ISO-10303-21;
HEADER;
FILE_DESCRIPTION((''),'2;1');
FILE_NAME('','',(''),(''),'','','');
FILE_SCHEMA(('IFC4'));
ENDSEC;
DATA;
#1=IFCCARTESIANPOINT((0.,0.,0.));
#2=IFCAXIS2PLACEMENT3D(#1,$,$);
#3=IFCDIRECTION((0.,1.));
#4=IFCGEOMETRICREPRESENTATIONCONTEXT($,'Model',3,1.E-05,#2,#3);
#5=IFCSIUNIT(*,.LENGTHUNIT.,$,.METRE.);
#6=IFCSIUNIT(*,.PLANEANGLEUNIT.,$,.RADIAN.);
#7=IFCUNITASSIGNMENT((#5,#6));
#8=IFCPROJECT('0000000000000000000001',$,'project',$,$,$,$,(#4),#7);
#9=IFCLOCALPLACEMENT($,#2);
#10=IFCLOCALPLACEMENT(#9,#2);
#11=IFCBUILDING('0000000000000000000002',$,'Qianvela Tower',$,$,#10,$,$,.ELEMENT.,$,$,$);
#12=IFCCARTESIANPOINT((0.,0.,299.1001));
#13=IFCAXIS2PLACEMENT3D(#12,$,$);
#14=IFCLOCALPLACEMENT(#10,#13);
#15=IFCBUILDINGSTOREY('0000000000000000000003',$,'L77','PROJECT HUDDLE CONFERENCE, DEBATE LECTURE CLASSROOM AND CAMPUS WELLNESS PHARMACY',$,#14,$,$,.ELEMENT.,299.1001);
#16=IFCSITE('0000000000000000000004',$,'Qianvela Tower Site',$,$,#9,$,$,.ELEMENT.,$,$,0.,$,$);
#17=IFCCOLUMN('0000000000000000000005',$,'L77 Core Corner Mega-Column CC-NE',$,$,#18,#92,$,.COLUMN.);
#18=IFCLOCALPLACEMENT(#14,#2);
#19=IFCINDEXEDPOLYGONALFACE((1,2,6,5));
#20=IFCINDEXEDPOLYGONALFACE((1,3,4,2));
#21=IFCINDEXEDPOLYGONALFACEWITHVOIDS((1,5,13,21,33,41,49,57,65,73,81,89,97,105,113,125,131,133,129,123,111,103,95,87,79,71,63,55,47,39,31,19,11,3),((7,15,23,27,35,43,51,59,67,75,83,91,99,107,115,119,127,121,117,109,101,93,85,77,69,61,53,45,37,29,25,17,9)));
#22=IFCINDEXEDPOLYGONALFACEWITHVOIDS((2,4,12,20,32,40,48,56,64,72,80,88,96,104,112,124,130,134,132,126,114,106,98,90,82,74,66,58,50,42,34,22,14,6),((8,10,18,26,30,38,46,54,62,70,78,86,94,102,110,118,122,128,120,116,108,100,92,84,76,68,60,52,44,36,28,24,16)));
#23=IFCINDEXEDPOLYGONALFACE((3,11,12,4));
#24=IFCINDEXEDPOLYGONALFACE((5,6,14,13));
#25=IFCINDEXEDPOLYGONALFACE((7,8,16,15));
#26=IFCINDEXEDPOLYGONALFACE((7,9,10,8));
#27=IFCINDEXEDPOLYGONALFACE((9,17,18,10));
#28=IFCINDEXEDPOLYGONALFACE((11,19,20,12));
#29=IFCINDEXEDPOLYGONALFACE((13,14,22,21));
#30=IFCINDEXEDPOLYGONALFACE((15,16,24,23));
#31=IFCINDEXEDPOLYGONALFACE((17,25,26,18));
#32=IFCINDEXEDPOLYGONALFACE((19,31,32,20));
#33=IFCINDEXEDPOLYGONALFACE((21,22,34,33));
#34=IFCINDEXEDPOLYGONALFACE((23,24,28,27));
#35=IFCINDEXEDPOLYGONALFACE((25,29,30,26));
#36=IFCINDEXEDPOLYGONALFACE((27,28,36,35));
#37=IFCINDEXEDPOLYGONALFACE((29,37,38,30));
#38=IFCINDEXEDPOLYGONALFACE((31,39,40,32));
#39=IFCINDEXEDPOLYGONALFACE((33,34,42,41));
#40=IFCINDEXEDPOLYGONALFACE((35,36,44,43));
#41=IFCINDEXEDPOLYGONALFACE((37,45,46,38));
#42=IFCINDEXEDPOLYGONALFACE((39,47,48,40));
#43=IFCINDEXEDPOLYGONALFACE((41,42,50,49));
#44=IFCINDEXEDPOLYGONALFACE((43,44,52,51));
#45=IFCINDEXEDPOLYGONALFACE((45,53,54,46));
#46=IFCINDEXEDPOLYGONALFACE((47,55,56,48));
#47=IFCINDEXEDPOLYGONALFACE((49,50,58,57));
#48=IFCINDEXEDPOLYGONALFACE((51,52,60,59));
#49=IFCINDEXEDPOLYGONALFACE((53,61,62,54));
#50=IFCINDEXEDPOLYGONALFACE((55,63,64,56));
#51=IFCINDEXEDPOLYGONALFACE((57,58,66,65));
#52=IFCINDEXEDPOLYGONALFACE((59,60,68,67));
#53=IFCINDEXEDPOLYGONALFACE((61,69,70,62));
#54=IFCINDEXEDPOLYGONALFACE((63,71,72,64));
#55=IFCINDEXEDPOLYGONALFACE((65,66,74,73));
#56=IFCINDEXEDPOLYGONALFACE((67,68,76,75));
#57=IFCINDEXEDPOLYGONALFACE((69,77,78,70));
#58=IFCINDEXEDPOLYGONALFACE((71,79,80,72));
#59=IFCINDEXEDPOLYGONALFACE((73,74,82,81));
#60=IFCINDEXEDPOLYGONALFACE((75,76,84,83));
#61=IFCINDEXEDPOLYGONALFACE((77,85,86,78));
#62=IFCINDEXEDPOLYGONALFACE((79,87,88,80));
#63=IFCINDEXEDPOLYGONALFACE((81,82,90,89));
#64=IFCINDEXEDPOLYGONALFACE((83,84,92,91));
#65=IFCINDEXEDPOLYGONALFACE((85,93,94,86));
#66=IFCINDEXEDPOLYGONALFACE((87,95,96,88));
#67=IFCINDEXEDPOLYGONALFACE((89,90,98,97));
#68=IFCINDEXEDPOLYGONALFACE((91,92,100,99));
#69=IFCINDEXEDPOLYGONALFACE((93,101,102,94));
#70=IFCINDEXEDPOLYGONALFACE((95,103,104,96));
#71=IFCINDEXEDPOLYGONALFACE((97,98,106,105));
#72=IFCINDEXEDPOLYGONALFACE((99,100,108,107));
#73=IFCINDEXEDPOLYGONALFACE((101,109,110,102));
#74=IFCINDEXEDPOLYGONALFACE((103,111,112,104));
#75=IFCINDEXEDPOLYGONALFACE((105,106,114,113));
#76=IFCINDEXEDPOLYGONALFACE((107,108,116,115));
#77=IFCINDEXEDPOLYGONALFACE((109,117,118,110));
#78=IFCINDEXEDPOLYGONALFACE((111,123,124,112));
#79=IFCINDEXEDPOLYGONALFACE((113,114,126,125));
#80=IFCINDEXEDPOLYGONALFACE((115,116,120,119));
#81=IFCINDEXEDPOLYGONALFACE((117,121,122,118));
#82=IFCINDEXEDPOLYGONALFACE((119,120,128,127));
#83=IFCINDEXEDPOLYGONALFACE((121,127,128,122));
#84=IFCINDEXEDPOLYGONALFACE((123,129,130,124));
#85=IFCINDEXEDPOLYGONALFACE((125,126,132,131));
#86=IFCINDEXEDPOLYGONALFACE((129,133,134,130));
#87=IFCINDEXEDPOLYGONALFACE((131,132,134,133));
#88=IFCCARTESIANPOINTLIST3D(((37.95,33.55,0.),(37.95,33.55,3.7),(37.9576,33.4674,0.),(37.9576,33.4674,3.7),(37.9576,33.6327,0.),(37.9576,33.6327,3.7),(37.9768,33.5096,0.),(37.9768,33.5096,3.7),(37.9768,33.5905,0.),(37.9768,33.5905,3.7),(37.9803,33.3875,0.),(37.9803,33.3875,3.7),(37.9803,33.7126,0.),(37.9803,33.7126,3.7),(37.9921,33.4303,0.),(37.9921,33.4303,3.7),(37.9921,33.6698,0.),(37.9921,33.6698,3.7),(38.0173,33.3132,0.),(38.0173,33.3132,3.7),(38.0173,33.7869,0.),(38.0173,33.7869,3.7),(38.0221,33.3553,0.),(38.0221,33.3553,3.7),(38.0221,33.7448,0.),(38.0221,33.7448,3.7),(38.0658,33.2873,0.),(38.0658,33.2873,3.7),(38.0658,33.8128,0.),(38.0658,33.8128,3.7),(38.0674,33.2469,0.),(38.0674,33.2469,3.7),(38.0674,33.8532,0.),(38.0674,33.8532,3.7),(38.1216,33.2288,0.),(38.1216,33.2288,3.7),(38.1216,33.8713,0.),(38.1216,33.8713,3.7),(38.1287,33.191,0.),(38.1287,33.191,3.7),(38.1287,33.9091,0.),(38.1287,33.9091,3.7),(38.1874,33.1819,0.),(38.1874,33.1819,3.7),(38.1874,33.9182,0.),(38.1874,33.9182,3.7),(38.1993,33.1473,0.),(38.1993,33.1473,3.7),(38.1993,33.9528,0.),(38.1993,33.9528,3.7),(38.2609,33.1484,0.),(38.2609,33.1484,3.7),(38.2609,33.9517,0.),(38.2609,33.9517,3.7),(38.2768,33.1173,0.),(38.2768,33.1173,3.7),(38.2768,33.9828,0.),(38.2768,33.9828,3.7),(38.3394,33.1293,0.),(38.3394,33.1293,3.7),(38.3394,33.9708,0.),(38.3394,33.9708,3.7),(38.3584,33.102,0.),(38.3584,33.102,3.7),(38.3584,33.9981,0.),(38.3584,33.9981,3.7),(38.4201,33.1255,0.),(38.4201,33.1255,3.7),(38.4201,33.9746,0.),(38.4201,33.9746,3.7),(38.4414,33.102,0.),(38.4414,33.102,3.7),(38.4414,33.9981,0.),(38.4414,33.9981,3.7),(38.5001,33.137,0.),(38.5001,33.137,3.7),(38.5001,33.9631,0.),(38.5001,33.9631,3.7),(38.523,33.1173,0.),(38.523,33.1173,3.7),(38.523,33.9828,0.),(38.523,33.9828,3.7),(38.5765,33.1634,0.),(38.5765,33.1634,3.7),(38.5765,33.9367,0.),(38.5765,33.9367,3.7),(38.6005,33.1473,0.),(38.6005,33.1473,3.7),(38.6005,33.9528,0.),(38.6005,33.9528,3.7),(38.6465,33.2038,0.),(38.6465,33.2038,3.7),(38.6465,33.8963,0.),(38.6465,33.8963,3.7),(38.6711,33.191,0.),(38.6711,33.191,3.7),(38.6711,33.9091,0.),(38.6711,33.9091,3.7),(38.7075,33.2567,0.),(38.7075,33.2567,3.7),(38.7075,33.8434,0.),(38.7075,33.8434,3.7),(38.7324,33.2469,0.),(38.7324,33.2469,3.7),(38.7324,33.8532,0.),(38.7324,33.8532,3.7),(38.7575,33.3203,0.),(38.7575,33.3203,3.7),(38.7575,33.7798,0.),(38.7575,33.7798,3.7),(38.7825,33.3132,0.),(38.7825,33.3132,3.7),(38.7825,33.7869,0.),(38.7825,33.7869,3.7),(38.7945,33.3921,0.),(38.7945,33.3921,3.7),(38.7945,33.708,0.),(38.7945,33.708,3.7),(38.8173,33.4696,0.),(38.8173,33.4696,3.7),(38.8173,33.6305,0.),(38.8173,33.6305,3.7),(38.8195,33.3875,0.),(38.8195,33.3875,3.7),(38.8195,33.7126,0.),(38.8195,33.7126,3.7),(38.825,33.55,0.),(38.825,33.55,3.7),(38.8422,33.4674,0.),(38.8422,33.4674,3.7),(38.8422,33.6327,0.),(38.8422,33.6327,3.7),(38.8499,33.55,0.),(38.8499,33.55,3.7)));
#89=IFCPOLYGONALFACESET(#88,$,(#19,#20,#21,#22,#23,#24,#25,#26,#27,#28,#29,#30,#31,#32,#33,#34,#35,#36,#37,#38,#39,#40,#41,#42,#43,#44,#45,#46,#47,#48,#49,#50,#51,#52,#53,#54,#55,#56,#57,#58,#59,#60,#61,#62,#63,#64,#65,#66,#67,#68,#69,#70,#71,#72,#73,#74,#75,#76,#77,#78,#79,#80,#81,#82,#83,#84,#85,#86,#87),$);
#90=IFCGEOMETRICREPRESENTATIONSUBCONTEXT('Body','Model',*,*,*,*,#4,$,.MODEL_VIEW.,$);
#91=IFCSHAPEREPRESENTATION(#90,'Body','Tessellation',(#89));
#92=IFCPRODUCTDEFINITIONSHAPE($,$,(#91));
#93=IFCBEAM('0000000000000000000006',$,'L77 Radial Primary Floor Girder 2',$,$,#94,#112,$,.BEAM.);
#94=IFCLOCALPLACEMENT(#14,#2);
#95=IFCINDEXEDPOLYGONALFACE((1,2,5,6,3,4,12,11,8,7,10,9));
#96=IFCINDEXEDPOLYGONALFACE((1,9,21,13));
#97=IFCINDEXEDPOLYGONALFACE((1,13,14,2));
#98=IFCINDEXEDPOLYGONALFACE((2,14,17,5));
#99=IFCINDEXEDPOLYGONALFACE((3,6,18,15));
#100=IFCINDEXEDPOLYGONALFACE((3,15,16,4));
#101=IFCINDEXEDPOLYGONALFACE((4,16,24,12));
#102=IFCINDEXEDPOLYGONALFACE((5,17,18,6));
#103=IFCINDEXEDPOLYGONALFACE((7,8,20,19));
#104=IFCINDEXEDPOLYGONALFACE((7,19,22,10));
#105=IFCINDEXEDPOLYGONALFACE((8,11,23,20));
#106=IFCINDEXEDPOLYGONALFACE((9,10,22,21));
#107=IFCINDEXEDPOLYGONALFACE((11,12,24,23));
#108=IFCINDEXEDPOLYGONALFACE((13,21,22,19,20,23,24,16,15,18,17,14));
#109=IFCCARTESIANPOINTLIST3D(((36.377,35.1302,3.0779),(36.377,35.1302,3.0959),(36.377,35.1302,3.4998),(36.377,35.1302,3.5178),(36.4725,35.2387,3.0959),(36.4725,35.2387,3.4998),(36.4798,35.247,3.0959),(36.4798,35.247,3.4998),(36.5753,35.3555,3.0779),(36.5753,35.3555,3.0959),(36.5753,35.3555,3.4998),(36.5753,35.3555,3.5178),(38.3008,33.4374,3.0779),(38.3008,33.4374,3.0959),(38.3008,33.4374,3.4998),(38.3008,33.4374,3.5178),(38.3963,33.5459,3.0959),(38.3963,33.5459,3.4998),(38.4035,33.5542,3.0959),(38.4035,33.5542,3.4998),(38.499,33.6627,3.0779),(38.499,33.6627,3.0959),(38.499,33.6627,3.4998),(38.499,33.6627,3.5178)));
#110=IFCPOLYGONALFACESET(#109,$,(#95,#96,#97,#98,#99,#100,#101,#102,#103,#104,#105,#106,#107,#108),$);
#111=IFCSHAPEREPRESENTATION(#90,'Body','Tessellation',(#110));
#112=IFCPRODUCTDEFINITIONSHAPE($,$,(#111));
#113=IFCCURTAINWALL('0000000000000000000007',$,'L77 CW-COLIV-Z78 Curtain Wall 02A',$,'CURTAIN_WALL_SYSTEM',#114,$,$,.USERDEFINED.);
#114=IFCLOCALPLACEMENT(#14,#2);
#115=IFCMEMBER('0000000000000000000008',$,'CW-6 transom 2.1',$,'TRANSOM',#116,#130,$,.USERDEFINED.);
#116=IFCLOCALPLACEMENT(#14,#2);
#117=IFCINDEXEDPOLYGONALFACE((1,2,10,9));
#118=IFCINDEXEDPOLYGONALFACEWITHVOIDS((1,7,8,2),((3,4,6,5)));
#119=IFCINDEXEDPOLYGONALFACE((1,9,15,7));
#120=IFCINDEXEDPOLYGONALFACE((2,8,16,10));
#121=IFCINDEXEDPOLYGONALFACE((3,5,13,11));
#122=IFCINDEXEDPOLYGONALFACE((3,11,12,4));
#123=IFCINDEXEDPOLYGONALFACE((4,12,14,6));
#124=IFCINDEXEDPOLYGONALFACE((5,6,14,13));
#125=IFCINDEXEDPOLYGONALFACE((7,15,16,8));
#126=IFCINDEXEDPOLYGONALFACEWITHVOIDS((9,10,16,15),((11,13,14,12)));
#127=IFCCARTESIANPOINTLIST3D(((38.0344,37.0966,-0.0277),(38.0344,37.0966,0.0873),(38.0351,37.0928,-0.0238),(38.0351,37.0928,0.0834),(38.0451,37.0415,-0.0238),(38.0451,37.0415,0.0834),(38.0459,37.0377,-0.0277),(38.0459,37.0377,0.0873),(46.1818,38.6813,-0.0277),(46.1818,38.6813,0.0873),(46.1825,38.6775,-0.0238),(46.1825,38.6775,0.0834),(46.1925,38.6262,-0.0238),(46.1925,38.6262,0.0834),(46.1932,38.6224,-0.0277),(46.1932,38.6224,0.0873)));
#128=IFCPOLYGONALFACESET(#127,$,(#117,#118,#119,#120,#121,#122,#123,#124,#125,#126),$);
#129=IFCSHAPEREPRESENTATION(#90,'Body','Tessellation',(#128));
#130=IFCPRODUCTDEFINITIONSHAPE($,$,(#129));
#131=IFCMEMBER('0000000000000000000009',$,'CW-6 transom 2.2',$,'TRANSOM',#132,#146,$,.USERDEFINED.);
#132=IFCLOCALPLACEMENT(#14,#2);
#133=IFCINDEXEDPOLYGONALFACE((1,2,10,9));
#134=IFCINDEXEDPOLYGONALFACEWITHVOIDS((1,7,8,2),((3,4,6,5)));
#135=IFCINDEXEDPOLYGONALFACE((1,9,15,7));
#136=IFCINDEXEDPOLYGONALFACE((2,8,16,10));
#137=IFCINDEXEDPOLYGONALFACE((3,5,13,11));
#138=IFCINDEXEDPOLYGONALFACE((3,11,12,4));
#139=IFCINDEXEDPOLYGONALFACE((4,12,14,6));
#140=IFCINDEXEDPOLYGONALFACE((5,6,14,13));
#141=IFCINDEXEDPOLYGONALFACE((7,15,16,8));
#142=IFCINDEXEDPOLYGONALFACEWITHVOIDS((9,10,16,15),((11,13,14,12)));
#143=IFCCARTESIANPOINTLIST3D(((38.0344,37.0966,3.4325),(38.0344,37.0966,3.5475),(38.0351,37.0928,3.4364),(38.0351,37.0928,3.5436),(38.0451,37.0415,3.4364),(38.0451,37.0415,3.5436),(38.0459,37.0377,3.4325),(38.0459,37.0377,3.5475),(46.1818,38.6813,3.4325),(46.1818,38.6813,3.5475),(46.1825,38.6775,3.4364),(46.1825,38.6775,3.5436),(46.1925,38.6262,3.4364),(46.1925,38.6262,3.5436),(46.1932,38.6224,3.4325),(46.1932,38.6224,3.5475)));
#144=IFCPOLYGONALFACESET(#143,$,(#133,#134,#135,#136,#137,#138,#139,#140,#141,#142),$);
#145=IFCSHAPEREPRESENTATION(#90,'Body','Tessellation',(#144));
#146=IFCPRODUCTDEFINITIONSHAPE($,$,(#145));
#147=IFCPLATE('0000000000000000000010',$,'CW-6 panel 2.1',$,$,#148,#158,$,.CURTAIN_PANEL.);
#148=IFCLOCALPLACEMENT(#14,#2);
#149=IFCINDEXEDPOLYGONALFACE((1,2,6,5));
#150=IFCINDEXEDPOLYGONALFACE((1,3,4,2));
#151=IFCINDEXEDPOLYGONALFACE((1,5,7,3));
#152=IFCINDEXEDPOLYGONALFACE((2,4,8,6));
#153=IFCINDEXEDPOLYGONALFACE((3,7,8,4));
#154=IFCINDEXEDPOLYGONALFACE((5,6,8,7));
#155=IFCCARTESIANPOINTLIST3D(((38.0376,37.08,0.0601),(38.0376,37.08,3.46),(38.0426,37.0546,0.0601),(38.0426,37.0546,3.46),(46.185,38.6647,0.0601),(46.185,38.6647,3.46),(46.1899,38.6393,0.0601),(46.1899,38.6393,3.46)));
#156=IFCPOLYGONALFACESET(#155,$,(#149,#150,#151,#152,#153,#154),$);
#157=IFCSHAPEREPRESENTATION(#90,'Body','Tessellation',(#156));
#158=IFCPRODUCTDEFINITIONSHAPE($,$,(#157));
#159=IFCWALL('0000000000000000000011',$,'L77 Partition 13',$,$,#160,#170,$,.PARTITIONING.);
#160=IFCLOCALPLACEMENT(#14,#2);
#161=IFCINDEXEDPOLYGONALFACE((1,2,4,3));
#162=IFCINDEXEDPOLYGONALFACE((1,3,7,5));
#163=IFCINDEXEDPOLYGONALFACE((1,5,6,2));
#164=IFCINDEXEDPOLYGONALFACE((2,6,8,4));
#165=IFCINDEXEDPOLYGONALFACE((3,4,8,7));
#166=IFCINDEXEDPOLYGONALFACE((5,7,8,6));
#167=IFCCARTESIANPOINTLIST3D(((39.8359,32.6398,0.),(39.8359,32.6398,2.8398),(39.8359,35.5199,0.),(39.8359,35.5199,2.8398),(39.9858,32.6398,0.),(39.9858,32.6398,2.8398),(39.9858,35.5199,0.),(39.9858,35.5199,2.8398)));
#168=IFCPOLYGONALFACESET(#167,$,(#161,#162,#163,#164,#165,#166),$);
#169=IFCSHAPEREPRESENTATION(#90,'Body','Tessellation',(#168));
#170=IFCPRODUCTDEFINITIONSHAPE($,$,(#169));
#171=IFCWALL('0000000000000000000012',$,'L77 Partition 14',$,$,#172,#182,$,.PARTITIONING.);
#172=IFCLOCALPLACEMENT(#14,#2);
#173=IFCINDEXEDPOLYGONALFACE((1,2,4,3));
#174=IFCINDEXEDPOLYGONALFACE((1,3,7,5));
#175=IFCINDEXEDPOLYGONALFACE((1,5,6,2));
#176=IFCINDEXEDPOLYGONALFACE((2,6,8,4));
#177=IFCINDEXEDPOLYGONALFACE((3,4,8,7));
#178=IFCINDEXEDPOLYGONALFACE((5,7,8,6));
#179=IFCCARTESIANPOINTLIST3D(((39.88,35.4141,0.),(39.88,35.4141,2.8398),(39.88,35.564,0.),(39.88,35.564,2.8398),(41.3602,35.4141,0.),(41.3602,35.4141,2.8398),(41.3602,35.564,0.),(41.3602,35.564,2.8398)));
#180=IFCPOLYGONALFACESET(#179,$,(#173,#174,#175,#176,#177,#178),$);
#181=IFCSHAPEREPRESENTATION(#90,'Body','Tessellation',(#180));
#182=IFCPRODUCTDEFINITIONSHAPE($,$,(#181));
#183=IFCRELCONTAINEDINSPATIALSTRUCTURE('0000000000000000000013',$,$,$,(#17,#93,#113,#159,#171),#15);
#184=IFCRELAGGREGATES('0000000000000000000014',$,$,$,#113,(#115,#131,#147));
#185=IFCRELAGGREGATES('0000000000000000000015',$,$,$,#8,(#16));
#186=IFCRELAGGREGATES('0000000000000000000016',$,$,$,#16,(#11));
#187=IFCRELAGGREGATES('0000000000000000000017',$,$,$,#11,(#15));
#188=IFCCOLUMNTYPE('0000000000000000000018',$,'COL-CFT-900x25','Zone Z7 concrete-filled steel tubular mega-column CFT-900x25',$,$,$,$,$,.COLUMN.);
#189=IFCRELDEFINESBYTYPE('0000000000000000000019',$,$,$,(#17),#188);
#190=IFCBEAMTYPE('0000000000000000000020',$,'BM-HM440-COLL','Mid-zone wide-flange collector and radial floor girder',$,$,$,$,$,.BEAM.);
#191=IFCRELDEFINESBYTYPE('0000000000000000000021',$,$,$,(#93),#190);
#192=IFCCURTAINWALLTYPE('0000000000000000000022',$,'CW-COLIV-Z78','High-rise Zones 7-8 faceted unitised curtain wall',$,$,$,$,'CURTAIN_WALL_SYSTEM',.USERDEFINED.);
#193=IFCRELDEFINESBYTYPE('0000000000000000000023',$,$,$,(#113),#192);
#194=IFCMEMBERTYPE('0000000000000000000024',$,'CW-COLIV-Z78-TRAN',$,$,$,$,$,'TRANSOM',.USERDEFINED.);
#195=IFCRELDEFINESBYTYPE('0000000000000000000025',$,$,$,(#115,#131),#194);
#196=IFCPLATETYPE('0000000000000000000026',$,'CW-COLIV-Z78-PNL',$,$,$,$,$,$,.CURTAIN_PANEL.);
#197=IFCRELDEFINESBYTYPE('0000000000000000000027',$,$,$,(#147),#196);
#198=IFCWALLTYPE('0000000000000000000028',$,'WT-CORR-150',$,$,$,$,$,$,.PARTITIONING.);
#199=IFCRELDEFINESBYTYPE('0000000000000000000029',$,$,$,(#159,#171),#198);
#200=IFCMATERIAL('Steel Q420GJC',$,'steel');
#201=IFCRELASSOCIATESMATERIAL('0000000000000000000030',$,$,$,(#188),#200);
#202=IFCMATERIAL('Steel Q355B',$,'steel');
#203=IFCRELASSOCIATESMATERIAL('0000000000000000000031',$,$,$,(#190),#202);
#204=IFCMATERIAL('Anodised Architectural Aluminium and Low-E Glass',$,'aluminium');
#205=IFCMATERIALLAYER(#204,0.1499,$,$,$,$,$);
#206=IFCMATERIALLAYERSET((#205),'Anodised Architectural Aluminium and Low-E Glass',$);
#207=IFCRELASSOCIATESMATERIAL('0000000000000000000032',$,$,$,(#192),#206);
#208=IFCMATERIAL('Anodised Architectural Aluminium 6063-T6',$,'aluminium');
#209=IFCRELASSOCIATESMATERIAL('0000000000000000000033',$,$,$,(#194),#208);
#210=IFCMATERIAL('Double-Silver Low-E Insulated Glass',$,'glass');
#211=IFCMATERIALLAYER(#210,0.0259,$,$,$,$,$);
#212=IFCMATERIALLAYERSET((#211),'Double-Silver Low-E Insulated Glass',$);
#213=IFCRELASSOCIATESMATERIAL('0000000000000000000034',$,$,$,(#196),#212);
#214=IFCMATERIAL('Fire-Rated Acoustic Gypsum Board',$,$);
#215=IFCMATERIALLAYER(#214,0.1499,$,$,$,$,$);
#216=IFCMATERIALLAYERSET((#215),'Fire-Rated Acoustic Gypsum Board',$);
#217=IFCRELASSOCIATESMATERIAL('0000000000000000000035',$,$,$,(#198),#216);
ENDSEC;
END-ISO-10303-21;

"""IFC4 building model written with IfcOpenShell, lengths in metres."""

from ifc_helpers import new_model, si_unit, direction, frame, frame_2d, origin, origin_2d, place, context, subcontext, project, spatial, rectangle, hollow_rectangle, hollow_circle, i_section, extrude, material, layer, layer_set, material_profile, profile_set, type_object, element, aggregate, save


model = new_model("IFC4")

# Units and contexts
model_context = context("Model", 3, precision=1e-05, world=origin(), true_north=direction((0.0, 1.0)))
body_context = subcontext(model_context, "Body", "Model", "MODEL_VIEW")
ifc_project = project(units=[si_unit("LENGTHUNIT", "METRE"), si_unit("PLANEANGLEUNIT", "RADIAN")], contexts=[model_context])

# Site, building, storey
site_placement = place(None, origin())
site = spatial("IfcSite", under=ifc_project, at=site_placement, Name="Qianvela Tower Site", CompositionType="ELEMENT", RefElevation=0.0)
building_placement = place(site_placement, origin())
building = spatial("IfcBuilding", under=site, at=building_placement, Name="Qianvela Tower", CompositionType="ELEMENT")
storey_placement = place(building_placement, frame((0.0, 0.0, 299.1001)))
storey = spatial("IfcBuildingStorey", under=building, at=storey_placement, Name="L77", Description="PROJECT HUDDLE CONFERENCE, DEBATE LECTURE CLASSROOM AND CAMPUS WELLNESS PHARMACY", CompositionType="ELEMENT", Elevation=299.1001)

# Column
ifc_material_1 = material(Name="Steel Q420GJC", Category="steel")
ifc_material_profile_1 = material_profile(ifc_material_1, hollow_circle(Radius=0.45, WallThickness=0.0249, at=origin_2d()), Name="CFT-900x25")
ifc_profile_set_1 = profile_set([ifc_material_profile_1], Name="Steel Q420GJC")
column_type = type_object("IfcColumnType", Name="COL-CFT-900x25", Description="Zone Z7 concrete-filled steel tubular mega-column CFT-900x25", PredefinedType="COLUMN", material=ifc_profile_set_1)
column_placement = place(storey_placement, frame((38.3999, 33.55, 0.0), z_axis=(0.0, 0.0, 1.0), x_axis=(1.0, 0.0, 0.0)))
element("IfcColumn", 1, at=column_placement, inside=storey, type_object=column_type, Name="L77 Core Corner Mega-Column CC-NE", PredefinedType="COLUMN", context=body_context, shape_type="SweptSolid", body=[
    extrude(hollow_circle(Radius=0.45, WallThickness=0.0249, at=origin_2d()), origin(), (0.0, 0.0, 1.0), 3.7),
])

# Beam
ifc_material_2 = material(Name="Steel Q355B", Category="steel")
ifc_material_profile_2 = material_profile(ifc_material_2, i_section(OverallWidth=0.3, OverallDepth=0.4399, WebThickness=0.011, FlangeThickness=0.0181, at=origin_2d()), Name="HM440x300x11x18")
ifc_profile_set_2 = profile_set([ifc_material_profile_2], Name="Steel Q355B")
beam_type = type_object("IfcBeamType", Name="BM-HM440-COLL", Description="Mid-zone wide-flange collector and radial floor girder", PredefinedType="BEAM", material=ifc_profile_set_2)
beam_placement = place(storey_placement, frame((38.3999, 33.55, 3.2979), z_axis=(-0.750732, 0.660606, 0.0), x_axis=(-0.660606, -0.750732, 0.0)))
element("IfcBeam", 2, at=beam_placement, inside=storey, type_object=beam_type, Name="L77 Radial Primary Floor Girder 2", PredefinedType="BEAM", context=body_context, shape_type="SweptSolid", body=[
    extrude(i_section(OverallWidth=0.3, OverallDepth=0.4399, WebThickness=0.011, FlangeThickness=0.0181, at=origin_2d()), origin(), (0.0, 0.0, 1.0), 2.5625),
])

# Curtain wall, members, plate
ifc_material_3 = material(Name="Anodised Architectural Aluminium and Low-E Glass", Category="aluminium")
ifc_layer_1 = layer(ifc_material_3, 0.1499)
ifc_layer_set_1 = layer_set([ifc_layer_1], Name="Anodised Architectural Aluminium and Low-E Glass")
curtain_wall_type = type_object("IfcCurtainWallType", Name="CW-COLIV-Z78", Description="High-rise Zones 7-8 faceted unitised curtain wall", ElementType="CURTAIN_WALL_SYSTEM", PredefinedType="USERDEFINED", material=ifc_layer_set_1)
curtain_wall_placement = place(storey_placement, origin())
curtain_wall = element("IfcCurtainWall", 3, at=curtain_wall_placement, inside=storey, type_object=curtain_wall_type, Name="L77 CW-COLIV-Z78 Curtain Wall 02A", ObjectType="CURTAIN_WALL_SYSTEM", PredefinedType="USERDEFINED")
ifc_material_4 = material(Name="Anodised Architectural Aluminium 6063-T6", Category="aluminium")
ifc_material_profile_3 = material_profile(ifc_material_4, hollow_rectangle(XDim=0.0601, YDim=0.115, WallThickness=0.0039, at=origin_2d()), Name="ALU-TRAN-60x115")
ifc_profile_set_3 = profile_set([ifc_material_profile_3], Name="Anodised Architectural Aluminium 6063-T6")
member_type = type_object("IfcMemberType", Name="CW-COLIV-Z78-TRAN", ElementType="TRANSOM", PredefinedType="USERDEFINED", material=ifc_profile_set_3)
member_1_placement = place(storey_placement, frame((46.1875, 38.6519, 0.0298), z_axis=(-0.981604, -0.190926, 0.0), x_axis=(0.190926, -0.981604, 0.0)))
member_1 = element("IfcMember", 4, at=member_1_placement, type_object=member_type, Name="CW-6 transom 2.1", ObjectType="TRANSOM", PredefinedType="USERDEFINED", context=body_context, shape_type="SweptSolid", body=[
    extrude(hollow_rectangle(XDim=0.0601, YDim=0.115, WallThickness=0.0039, at=origin_2d()), origin(), (0.0, 0.0, 1.0), 8.3),
])
member_2_placement = place(storey_placement, frame((46.1875, 38.6519, 3.49), z_axis=(-0.981604, -0.190926, 0.0), x_axis=(0.190926, -0.981604, 0.0)))
member_2 = element("IfcMember", 5, at=member_2_placement, type_object=member_type, Name="CW-6 transom 2.2", ObjectType="TRANSOM", PredefinedType="USERDEFINED", context=body_context, shape_type="SweptSolid", body=[
    extrude(hollow_rectangle(XDim=0.0601, YDim=0.115, WallThickness=0.0039, at=origin_2d()), origin(), (0.0, 0.0, 1.0), 8.3),
])
ifc_material_5 = material(Name="Double-Silver Low-E Insulated Glass", Category="glass")
ifc_layer_2 = layer(ifc_material_5, 0.0259)
ifc_layer_set_2 = layer_set([ifc_layer_2], Name="Double-Silver Low-E Insulated Glass")
plate_type = type_object("IfcPlateType", Name="CW-COLIV-Z78-PNL", PredefinedType="CURTAIN_PANEL", material=ifc_layer_set_2)
plate_placement = place(storey_placement, frame((42.1138, 37.8596, 0.0601), z_axis=(0.0, 0.0, 1.0), x_axis=(-0.981604, -0.19093, 0.0)))
plate = element("IfcPlate", 6, at=plate_placement, type_object=plate_type, Name="CW-6 panel 2.1", PredefinedType="CURTAIN_PANEL", context=body_context, shape_type="SweptSolid", body=[
    extrude(rectangle(XDim=8.3, YDim=0.0259, at=origin_2d()), origin(), (0.0, 0.0, 1.0), 3.3999),
])
aggregate(curtain_wall, [member_1, member_2, plate])

# Walls
ifc_material_6 = material(Name="Fire-Rated Acoustic Gypsum Board")
ifc_layer_3 = layer(ifc_material_6, 0.1499)
ifc_layer_set_3 = layer_set([ifc_layer_3], Name="Fire-Rated Acoustic Gypsum Board")
wall_type_1 = type_object("IfcWallType", Name="WT-CORR-150", PredefinedType="PARTITIONING", material=ifc_layer_set_3)
wall_1_placement = place(storey_placement, frame((39.9109, 32.6399, 0.0), z_axis=(0.0, 0.0, 1.0), x_axis=(0.0, 1.0, 0.0)))
element("IfcWall", 7, at=wall_1_placement, inside=storey, type_object=wall_type_1, Name="L77 Partition 13", PredefinedType="PARTITIONING", context=body_context, shape_type="SweptSolid", body=[
    extrude(rectangle(XDim=2.8801, YDim=0.1499, at=frame_2d((1.4399, 0.0))), origin(), (0.0, 0.0, 1.0), 2.8398),
])
wall_2_placement = place(storey_placement, frame((39.8799, 35.489, 0.0), z_axis=(0.0, 0.0, 1.0), x_axis=(1.0, 0.0, 0.0)))
element("IfcWall", 8, at=wall_2_placement, inside=storey, type_object=wall_type_1, Name="L77 Partition 14", PredefinedType="PARTITIONING", context=body_context, shape_type="SweptSolid", body=[
    extrude(rectangle(XDim=1.4802, YDim=0.1499, at=frame_2d((0.7402, 0.0))), origin(), (0.0, 0.0, 1.0), 2.8398),
])

save(model, "model.ifc")
